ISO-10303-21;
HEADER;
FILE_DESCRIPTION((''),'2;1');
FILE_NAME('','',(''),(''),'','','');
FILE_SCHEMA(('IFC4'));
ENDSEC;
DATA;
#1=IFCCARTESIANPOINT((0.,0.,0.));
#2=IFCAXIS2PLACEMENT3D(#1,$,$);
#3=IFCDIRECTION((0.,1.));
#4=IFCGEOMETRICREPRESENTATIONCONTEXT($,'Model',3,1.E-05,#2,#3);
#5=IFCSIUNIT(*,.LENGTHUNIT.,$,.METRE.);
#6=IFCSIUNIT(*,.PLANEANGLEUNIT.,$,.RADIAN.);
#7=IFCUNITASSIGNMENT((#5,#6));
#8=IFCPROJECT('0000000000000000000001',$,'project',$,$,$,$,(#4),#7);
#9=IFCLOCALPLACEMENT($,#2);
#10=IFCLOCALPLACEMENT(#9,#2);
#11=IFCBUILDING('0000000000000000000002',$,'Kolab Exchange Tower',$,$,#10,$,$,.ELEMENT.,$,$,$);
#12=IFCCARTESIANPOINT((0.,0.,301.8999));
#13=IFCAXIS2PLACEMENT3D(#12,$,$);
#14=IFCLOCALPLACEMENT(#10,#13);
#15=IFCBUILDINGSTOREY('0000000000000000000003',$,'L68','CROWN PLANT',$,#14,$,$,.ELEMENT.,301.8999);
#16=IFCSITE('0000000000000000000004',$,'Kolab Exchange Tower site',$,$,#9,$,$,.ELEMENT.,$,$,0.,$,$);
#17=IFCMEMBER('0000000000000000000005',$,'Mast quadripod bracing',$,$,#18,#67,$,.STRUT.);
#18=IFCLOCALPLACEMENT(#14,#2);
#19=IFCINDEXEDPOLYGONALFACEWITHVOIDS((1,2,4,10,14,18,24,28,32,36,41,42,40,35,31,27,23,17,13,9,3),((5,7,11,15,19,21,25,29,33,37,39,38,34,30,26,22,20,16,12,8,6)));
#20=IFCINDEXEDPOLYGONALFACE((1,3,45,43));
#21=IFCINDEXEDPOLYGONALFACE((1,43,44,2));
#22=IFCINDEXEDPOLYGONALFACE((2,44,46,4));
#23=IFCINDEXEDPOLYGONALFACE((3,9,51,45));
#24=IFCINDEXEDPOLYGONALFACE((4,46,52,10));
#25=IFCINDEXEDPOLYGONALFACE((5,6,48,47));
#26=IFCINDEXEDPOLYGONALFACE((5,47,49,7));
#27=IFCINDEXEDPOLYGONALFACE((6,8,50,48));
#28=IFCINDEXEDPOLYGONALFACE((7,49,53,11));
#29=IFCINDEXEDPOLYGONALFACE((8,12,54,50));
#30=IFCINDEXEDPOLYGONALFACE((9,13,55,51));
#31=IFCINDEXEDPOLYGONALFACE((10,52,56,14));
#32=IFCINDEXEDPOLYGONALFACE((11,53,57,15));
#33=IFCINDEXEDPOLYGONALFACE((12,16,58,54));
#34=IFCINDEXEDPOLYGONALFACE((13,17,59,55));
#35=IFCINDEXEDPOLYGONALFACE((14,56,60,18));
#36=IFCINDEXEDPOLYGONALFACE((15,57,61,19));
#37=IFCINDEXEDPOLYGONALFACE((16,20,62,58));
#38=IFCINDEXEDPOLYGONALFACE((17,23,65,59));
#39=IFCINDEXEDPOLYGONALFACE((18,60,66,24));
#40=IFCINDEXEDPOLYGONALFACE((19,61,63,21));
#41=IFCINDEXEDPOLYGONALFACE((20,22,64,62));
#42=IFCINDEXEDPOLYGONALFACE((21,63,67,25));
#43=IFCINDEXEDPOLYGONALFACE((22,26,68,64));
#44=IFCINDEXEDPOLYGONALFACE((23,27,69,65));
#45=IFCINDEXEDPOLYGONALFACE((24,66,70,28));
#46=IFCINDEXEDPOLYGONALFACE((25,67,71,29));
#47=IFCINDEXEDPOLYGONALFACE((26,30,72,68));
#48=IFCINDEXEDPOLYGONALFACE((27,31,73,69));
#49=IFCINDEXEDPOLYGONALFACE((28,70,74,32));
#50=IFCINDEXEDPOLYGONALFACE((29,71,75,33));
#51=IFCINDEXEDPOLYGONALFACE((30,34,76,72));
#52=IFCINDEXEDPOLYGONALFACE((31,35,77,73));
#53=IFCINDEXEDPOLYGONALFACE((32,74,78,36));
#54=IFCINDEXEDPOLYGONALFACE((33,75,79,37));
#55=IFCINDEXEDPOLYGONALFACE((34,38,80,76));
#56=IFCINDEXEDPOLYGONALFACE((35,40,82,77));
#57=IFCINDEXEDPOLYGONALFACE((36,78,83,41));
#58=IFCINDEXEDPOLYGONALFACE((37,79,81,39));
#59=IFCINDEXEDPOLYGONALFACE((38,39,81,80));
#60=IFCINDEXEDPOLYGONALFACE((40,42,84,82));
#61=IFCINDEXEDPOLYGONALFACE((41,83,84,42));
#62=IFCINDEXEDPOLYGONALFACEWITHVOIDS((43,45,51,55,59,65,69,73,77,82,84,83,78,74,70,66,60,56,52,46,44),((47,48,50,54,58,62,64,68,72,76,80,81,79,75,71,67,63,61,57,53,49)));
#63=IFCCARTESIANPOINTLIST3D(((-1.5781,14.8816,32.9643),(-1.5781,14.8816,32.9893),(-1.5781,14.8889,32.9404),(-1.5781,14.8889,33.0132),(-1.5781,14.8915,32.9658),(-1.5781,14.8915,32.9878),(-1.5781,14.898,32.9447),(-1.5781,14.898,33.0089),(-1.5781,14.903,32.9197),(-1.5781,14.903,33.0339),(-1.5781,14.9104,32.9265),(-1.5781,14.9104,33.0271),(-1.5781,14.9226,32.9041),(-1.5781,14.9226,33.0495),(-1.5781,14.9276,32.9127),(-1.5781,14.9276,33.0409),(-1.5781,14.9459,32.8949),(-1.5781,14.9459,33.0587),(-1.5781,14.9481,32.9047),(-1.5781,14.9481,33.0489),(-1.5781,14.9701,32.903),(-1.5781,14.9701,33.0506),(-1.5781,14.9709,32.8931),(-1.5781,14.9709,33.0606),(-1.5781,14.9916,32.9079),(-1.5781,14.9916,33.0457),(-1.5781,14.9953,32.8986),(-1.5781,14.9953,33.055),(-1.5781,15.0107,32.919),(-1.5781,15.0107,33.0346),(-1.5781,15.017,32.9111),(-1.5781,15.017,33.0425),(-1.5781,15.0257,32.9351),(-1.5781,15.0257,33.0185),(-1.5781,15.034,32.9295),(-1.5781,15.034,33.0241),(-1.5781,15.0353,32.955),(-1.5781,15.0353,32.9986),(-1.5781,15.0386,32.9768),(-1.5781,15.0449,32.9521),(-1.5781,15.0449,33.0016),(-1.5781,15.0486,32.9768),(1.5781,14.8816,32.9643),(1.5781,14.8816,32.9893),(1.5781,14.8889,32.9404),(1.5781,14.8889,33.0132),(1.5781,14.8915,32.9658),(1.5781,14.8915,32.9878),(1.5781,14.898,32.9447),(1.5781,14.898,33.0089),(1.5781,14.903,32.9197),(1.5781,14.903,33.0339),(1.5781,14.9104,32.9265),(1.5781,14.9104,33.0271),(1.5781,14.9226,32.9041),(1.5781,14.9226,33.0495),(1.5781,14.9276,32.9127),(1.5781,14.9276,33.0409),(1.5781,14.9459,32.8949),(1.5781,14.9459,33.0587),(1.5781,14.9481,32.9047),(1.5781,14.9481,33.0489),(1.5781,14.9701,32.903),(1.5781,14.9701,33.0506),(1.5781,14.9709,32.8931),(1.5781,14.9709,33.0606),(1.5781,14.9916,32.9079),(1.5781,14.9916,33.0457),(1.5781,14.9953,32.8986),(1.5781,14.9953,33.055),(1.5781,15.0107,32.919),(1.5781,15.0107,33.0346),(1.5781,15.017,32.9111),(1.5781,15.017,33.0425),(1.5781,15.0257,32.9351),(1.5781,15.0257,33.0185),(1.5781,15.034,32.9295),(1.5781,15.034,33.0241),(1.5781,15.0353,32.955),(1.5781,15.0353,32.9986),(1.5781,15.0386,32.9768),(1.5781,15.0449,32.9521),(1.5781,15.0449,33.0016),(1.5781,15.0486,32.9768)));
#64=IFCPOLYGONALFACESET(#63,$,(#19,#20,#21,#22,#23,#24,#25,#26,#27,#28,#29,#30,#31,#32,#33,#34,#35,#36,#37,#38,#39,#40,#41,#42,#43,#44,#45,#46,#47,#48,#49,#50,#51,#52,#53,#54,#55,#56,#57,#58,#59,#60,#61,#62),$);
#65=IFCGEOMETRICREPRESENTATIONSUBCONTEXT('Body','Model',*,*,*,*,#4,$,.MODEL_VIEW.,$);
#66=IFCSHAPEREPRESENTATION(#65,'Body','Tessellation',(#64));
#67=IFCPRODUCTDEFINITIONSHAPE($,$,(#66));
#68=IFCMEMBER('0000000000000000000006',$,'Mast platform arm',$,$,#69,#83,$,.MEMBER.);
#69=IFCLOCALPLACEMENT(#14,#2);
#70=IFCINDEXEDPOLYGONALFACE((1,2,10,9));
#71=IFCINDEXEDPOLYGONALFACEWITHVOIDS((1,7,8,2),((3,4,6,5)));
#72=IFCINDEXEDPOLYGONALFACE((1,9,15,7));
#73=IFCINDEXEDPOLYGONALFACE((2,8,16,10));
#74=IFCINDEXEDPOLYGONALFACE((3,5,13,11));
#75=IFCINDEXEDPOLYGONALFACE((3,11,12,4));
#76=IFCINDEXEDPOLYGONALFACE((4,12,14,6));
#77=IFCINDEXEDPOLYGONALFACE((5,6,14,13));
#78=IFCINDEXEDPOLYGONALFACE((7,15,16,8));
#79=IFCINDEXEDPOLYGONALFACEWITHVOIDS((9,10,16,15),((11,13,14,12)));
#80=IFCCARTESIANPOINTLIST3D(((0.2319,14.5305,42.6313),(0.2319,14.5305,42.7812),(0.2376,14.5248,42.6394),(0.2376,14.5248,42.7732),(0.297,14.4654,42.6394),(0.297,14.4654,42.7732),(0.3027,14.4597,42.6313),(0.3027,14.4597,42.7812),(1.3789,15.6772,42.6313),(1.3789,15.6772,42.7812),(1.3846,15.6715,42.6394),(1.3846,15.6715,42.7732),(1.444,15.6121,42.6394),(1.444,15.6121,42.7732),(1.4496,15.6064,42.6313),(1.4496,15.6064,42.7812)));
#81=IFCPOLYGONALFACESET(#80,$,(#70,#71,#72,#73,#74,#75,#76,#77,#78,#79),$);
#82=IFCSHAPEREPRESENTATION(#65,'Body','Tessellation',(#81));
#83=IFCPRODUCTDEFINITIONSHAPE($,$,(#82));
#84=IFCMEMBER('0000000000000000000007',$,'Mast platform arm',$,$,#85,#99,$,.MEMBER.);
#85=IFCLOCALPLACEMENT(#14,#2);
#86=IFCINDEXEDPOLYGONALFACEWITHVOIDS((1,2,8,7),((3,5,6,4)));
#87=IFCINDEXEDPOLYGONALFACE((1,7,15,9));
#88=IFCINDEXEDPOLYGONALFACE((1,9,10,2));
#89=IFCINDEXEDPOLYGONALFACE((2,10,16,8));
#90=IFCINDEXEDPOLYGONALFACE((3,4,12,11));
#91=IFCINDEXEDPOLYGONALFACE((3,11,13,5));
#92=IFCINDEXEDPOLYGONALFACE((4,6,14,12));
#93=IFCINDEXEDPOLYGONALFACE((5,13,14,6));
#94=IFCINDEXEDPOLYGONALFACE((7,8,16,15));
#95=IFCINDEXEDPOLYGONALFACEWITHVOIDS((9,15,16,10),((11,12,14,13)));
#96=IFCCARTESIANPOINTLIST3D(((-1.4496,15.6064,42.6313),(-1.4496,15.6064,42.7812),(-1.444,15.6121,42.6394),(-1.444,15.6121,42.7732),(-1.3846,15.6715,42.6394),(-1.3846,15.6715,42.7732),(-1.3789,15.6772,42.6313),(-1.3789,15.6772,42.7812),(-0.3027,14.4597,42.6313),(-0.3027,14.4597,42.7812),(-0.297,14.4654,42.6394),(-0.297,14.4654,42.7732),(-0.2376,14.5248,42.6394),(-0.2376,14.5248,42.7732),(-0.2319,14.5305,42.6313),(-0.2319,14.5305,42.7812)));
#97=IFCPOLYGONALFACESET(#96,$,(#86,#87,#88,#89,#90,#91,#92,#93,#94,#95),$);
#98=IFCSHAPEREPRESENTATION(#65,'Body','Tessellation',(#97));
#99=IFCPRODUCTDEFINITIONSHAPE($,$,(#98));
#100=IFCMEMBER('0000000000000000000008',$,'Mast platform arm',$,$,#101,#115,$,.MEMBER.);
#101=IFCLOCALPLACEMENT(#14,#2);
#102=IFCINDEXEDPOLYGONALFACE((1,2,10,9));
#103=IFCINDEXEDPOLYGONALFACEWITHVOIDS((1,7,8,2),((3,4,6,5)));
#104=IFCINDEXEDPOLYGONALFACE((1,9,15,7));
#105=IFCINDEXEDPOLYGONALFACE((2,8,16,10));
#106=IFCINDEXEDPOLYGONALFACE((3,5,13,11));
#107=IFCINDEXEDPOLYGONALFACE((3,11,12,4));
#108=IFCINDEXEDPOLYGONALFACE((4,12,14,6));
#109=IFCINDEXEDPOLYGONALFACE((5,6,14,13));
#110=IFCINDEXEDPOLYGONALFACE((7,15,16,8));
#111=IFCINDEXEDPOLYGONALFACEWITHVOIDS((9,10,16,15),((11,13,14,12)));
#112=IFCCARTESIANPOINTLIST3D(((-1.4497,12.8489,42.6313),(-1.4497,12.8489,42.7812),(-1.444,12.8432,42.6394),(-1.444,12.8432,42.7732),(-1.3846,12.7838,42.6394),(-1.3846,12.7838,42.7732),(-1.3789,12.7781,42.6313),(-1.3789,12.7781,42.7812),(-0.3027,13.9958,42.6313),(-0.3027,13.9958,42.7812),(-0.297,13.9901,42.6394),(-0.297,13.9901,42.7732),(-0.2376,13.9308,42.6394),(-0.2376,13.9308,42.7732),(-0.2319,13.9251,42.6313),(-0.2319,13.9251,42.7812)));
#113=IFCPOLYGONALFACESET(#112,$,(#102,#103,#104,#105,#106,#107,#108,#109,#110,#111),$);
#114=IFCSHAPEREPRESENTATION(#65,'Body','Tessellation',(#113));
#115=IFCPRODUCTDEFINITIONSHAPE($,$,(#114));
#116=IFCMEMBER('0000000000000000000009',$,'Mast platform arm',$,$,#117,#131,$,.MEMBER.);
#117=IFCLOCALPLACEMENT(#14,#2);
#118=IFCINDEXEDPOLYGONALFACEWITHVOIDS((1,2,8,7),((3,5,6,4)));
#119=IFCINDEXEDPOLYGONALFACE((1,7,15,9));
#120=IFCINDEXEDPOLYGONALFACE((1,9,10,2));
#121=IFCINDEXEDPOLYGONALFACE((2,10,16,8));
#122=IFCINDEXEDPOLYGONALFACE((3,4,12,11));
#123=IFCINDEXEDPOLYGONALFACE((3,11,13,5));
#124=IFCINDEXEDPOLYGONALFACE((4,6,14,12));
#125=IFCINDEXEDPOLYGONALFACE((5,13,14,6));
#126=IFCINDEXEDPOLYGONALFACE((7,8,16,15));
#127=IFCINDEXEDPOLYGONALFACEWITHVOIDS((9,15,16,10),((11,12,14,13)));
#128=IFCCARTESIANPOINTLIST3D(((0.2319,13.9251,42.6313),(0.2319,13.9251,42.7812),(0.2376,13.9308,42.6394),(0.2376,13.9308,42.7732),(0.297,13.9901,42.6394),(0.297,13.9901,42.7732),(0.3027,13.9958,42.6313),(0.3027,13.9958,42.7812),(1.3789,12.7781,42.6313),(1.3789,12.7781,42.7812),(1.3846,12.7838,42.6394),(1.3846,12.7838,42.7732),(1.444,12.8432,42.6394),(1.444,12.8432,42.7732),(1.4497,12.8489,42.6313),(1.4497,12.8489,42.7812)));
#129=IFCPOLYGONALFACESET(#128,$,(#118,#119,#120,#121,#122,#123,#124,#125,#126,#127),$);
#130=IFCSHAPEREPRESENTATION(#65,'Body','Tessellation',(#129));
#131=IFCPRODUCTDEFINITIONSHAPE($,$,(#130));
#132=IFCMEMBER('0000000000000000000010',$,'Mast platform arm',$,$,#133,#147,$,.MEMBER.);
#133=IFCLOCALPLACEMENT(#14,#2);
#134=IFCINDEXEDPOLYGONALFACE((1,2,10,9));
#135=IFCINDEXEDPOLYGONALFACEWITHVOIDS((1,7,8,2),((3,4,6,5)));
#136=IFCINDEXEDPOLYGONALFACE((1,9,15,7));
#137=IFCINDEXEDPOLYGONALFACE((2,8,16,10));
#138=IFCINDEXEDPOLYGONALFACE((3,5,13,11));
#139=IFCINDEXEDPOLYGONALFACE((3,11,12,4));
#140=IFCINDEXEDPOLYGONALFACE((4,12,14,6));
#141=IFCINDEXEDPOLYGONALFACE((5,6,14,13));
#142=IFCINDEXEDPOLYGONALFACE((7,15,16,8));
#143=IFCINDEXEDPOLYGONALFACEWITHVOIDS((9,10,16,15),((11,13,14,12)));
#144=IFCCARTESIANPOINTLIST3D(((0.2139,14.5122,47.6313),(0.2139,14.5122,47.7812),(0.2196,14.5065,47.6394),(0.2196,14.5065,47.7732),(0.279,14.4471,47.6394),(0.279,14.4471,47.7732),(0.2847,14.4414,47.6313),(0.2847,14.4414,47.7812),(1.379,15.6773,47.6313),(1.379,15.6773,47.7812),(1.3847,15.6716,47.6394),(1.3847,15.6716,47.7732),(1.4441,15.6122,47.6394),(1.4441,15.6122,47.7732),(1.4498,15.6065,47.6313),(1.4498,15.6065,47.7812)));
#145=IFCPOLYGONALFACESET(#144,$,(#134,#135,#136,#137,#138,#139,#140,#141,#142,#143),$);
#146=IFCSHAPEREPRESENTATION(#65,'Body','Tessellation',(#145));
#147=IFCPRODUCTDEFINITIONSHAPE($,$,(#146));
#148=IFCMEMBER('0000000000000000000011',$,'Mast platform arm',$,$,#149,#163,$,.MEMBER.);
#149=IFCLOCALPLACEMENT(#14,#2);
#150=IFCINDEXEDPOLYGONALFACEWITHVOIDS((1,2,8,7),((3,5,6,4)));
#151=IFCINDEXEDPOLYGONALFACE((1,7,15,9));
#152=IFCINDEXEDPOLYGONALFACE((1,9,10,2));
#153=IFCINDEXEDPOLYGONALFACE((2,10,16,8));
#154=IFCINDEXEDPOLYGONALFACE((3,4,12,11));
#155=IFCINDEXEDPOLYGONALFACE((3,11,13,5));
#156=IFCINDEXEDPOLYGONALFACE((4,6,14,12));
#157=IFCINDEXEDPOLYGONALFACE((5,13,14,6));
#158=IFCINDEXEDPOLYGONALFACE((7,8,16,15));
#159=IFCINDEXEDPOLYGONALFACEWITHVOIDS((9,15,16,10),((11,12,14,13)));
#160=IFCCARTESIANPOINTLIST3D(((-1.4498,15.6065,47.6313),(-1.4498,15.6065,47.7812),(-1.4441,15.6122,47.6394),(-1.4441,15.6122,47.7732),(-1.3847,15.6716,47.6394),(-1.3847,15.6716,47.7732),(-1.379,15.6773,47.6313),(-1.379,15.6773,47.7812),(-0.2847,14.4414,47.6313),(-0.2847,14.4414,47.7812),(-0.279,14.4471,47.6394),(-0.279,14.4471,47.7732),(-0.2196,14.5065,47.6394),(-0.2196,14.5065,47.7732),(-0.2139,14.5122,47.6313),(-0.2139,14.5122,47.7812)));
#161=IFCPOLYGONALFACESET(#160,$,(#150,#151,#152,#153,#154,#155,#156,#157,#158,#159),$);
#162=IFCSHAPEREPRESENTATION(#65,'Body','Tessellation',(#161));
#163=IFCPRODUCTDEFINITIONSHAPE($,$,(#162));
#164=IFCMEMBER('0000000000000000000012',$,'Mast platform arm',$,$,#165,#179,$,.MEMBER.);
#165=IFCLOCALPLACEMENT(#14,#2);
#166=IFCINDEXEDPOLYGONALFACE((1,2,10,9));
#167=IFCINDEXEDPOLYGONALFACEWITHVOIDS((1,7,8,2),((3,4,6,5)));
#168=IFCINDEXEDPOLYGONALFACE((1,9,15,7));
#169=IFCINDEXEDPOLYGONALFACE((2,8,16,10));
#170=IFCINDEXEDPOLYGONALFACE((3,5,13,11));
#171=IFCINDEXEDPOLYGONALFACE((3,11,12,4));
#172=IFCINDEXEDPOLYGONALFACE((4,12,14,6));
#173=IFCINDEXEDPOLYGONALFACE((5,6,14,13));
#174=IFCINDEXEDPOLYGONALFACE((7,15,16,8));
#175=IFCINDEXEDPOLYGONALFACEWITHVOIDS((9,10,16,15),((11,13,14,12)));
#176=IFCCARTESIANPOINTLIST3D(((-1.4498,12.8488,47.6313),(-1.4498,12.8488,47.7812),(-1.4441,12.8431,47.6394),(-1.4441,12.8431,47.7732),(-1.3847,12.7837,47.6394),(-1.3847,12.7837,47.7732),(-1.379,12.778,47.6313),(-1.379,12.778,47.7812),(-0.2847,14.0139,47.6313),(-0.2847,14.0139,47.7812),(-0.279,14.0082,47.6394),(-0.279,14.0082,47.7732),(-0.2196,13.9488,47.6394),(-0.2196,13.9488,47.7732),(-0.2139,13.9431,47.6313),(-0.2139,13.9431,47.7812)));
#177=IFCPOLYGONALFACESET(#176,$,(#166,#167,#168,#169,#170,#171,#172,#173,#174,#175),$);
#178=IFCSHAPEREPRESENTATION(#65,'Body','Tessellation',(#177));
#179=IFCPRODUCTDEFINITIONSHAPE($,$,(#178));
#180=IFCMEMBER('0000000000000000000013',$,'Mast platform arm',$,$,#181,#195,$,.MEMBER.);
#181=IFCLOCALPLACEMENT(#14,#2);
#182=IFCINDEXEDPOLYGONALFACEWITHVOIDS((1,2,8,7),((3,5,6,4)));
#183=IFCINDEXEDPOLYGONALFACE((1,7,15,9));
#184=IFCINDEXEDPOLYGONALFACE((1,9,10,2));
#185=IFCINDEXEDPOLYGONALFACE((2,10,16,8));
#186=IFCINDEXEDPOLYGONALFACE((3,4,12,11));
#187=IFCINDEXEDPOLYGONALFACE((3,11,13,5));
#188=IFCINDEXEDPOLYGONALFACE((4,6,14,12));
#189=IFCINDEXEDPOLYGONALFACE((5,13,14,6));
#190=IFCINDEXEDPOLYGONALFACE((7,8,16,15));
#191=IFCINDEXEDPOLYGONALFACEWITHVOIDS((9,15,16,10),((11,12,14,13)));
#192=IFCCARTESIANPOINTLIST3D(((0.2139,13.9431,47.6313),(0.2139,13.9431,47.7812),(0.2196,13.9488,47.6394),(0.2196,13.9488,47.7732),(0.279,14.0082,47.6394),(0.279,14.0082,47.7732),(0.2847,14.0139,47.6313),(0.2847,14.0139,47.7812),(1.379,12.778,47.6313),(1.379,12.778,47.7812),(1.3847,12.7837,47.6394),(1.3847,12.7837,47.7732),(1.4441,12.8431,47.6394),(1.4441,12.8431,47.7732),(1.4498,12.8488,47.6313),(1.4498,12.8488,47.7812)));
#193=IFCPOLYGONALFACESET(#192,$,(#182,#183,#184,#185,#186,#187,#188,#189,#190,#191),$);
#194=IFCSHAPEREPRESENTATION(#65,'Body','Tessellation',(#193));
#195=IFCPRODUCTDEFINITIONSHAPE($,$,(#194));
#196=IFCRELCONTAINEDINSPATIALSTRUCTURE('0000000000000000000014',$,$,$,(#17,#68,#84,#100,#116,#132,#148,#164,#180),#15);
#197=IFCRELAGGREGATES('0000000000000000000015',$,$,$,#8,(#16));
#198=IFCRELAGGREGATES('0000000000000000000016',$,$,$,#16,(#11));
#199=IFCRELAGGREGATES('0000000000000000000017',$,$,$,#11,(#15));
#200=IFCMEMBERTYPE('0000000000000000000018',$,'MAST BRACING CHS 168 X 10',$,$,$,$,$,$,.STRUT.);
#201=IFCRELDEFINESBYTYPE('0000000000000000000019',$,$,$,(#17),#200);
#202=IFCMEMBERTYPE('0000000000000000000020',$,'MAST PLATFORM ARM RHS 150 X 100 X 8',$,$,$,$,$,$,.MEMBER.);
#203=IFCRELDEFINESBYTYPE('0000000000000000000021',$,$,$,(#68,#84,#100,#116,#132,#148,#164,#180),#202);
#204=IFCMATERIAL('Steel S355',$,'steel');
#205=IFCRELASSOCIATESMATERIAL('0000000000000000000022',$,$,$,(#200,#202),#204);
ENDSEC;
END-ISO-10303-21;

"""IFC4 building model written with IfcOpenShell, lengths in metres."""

from ifc_helpers import new_model, si_unit, direction, frame, origin, origin_2d, place, context, subcontext, project, spatial, hollow_rectangle, hollow_circle, extrude, material, material_profile, profile_set, type_object, element, save


model = new_model("IFC4")

# Units and contexts
model_context = context("Model", 3, precision=1e-05, world=origin(), true_north=direction((0.0, 1.0)))
body_context = subcontext(model_context, "Body", "Model", "MODEL_VIEW")
ifc_project = project(units=[si_unit("LENGTHUNIT", "METRE"), si_unit("PLANEANGLEUNIT", "RADIAN")], contexts=[model_context])

# Site, building, storey
site_placement = place(None, origin())
site = spatial("IfcSite", under=ifc_project, at=site_placement, Name="Kolab Exchange Tower site", CompositionType="ELEMENT", RefElevation=0.0)
building_placement = place(site_placement, origin())
building = spatial("IfcBuilding", under=site, at=building_placement, Name="Kolab Exchange Tower", CompositionType="ELEMENT")
storey_placement = place(building_placement, frame((0.0, 0.0, 301.8999)))
storey = spatial("IfcBuildingStorey", under=building, at=storey_placement, Name="L68", Description="CROWN PLANT", CompositionType="ELEMENT", Elevation=301.8999)

# Members
ifc_material_1 = material(Name="Steel S355", Category="steel")
ifc_material_profile_1 = material_profile(ifc_material_1, hollow_circle(Radius=0.084, WallThickness=0.01, at=origin_2d()), Name="CHS 168X10")
ifc_profile_set_1 = profile_set([ifc_material_profile_1], Name="Steel S355")
member_type_1 = type_object("IfcMemberType", Name="MAST BRACING CHS 168 X 10", PredefinedType="STRUT", material=ifc_profile_set_1)
member_1_placement = place(storey_placement, frame((-1.5781, 14.9646, 32.9768), z_axis=(1.0, 0.0, 0.0), x_axis=(0.0, 1.0, 0.0)))
element("IfcMember", 1, at=member_1_placement, inside=storey, type_object=member_type_1, Name="Mast quadripod bracing", PredefinedType="STRUT", context=body_context, shape_type="SweptSolid", body=[
    extrude(hollow_circle(Radius=0.084, WallThickness=0.01, at=origin_2d()), origin(), (0.0, 0.0, 1.0), 3.1562),
])
ifc_material_profile_2 = material_profile(ifc_material_1, hollow_rectangle(XDim=0.1001, YDim=0.1499, WallThickness=0.0081, at=origin_2d()), Name="RHS150X100X8")
ifc_profile_set_2 = profile_set([ifc_material_profile_2], Name="Steel S355")
member_type_2 = type_object("IfcMemberType", Name="MAST PLATFORM ARM RHS 150 X 100 X 8", PredefinedType="MEMBER", material=ifc_profile_set_2)
for number, where, z_axis, x_axis, name in (
    (2, (0.2673, 14.4951, 42.7063), (0.707182, 0.707032, 0.0), (-0.707032, 0.707182, 0.0), "Mast platform arm"),
    (3, (-0.2673, 14.4951, 42.7063), (-0.707182, 0.707032, 0.0), (-0.707032, -0.707182, 0.0), "Mast platform arm"),
):
    element("IfcMember", number, at=place(storey_placement, frame(where, z_axis=z_axis, x_axis=x_axis)), inside=storey, type_object=member_type_2, Name=name, PredefinedType="MEMBER", context=body_context, shape_type="SweptSolid", body=[
        extrude(hollow_rectangle(XDim=0.1001, YDim=0.1499, WallThickness=0.0081, at=origin_2d()), origin(), (0.0, 0.0, 1.0), 1.6218),
    ])
for number, where, z_axis, x_axis, name in (
    (4, (-0.2673, 13.9604, 42.7063), (-0.707107, -0.707107, 0.0), (0.707107, -0.707107, 0.0), "Mast platform arm"),
    (5, (0.2673, 13.9604, 42.7063), (0.707107, -0.707107, 0.0), (0.707107, 0.707107, 0.0), "Mast platform arm"),
):
    element("IfcMember", number, at=place(storey_placement, frame(where, z_axis=z_axis, x_axis=x_axis)), inside=storey, type_object=member_type_2, Name=name, PredefinedType="MEMBER", context=body_context, shape_type="SweptSolid", body=[
        extrude(hollow_rectangle(XDim=0.1001, YDim=0.1499, WallThickness=0.0081, at=origin_2d()), origin(), (0.0, 0.0, 1.0), 1.6221),
    ])
for number, where, z_axis, x_axis, name in (
    (6, (0.2493, 14.4768, 47.7063), (0.707107, 0.707107, 0.0), (-0.707107, 0.707107, 0.0), "Mast platform arm"),
    (7, (-0.2493, 14.4768, 47.7063), (-0.707107, 0.707107, 0.0), (-0.707107, -0.707107, 0.0), "Mast platform arm"),
    (8, (-0.2493, 13.9785, 47.7063), (-0.707107, -0.707107, 0.0), (0.707107, -0.707107, 0.0), "Mast platform arm"),
    (9, (0.2493, 13.9785, 47.7063), (0.707107, -0.707107, 0.0), (0.707107, 0.707107, 0.0), "Mast platform arm"),
):
    element("IfcMember", number, at=place(storey_placement, frame(where, z_axis=z_axis, x_axis=x_axis)), inside=storey, type_object=member_type_2, Name=name, PredefinedType="MEMBER", context=body_context, shape_type="SweptSolid", body=[
        extrude(hollow_rectangle(XDim=0.1001, YDim=0.1499, WallThickness=0.0081, at=origin_2d()), origin(), (0.0, 0.0, 1.0), 1.6477),
    ])

save(model, "model.ifc")
